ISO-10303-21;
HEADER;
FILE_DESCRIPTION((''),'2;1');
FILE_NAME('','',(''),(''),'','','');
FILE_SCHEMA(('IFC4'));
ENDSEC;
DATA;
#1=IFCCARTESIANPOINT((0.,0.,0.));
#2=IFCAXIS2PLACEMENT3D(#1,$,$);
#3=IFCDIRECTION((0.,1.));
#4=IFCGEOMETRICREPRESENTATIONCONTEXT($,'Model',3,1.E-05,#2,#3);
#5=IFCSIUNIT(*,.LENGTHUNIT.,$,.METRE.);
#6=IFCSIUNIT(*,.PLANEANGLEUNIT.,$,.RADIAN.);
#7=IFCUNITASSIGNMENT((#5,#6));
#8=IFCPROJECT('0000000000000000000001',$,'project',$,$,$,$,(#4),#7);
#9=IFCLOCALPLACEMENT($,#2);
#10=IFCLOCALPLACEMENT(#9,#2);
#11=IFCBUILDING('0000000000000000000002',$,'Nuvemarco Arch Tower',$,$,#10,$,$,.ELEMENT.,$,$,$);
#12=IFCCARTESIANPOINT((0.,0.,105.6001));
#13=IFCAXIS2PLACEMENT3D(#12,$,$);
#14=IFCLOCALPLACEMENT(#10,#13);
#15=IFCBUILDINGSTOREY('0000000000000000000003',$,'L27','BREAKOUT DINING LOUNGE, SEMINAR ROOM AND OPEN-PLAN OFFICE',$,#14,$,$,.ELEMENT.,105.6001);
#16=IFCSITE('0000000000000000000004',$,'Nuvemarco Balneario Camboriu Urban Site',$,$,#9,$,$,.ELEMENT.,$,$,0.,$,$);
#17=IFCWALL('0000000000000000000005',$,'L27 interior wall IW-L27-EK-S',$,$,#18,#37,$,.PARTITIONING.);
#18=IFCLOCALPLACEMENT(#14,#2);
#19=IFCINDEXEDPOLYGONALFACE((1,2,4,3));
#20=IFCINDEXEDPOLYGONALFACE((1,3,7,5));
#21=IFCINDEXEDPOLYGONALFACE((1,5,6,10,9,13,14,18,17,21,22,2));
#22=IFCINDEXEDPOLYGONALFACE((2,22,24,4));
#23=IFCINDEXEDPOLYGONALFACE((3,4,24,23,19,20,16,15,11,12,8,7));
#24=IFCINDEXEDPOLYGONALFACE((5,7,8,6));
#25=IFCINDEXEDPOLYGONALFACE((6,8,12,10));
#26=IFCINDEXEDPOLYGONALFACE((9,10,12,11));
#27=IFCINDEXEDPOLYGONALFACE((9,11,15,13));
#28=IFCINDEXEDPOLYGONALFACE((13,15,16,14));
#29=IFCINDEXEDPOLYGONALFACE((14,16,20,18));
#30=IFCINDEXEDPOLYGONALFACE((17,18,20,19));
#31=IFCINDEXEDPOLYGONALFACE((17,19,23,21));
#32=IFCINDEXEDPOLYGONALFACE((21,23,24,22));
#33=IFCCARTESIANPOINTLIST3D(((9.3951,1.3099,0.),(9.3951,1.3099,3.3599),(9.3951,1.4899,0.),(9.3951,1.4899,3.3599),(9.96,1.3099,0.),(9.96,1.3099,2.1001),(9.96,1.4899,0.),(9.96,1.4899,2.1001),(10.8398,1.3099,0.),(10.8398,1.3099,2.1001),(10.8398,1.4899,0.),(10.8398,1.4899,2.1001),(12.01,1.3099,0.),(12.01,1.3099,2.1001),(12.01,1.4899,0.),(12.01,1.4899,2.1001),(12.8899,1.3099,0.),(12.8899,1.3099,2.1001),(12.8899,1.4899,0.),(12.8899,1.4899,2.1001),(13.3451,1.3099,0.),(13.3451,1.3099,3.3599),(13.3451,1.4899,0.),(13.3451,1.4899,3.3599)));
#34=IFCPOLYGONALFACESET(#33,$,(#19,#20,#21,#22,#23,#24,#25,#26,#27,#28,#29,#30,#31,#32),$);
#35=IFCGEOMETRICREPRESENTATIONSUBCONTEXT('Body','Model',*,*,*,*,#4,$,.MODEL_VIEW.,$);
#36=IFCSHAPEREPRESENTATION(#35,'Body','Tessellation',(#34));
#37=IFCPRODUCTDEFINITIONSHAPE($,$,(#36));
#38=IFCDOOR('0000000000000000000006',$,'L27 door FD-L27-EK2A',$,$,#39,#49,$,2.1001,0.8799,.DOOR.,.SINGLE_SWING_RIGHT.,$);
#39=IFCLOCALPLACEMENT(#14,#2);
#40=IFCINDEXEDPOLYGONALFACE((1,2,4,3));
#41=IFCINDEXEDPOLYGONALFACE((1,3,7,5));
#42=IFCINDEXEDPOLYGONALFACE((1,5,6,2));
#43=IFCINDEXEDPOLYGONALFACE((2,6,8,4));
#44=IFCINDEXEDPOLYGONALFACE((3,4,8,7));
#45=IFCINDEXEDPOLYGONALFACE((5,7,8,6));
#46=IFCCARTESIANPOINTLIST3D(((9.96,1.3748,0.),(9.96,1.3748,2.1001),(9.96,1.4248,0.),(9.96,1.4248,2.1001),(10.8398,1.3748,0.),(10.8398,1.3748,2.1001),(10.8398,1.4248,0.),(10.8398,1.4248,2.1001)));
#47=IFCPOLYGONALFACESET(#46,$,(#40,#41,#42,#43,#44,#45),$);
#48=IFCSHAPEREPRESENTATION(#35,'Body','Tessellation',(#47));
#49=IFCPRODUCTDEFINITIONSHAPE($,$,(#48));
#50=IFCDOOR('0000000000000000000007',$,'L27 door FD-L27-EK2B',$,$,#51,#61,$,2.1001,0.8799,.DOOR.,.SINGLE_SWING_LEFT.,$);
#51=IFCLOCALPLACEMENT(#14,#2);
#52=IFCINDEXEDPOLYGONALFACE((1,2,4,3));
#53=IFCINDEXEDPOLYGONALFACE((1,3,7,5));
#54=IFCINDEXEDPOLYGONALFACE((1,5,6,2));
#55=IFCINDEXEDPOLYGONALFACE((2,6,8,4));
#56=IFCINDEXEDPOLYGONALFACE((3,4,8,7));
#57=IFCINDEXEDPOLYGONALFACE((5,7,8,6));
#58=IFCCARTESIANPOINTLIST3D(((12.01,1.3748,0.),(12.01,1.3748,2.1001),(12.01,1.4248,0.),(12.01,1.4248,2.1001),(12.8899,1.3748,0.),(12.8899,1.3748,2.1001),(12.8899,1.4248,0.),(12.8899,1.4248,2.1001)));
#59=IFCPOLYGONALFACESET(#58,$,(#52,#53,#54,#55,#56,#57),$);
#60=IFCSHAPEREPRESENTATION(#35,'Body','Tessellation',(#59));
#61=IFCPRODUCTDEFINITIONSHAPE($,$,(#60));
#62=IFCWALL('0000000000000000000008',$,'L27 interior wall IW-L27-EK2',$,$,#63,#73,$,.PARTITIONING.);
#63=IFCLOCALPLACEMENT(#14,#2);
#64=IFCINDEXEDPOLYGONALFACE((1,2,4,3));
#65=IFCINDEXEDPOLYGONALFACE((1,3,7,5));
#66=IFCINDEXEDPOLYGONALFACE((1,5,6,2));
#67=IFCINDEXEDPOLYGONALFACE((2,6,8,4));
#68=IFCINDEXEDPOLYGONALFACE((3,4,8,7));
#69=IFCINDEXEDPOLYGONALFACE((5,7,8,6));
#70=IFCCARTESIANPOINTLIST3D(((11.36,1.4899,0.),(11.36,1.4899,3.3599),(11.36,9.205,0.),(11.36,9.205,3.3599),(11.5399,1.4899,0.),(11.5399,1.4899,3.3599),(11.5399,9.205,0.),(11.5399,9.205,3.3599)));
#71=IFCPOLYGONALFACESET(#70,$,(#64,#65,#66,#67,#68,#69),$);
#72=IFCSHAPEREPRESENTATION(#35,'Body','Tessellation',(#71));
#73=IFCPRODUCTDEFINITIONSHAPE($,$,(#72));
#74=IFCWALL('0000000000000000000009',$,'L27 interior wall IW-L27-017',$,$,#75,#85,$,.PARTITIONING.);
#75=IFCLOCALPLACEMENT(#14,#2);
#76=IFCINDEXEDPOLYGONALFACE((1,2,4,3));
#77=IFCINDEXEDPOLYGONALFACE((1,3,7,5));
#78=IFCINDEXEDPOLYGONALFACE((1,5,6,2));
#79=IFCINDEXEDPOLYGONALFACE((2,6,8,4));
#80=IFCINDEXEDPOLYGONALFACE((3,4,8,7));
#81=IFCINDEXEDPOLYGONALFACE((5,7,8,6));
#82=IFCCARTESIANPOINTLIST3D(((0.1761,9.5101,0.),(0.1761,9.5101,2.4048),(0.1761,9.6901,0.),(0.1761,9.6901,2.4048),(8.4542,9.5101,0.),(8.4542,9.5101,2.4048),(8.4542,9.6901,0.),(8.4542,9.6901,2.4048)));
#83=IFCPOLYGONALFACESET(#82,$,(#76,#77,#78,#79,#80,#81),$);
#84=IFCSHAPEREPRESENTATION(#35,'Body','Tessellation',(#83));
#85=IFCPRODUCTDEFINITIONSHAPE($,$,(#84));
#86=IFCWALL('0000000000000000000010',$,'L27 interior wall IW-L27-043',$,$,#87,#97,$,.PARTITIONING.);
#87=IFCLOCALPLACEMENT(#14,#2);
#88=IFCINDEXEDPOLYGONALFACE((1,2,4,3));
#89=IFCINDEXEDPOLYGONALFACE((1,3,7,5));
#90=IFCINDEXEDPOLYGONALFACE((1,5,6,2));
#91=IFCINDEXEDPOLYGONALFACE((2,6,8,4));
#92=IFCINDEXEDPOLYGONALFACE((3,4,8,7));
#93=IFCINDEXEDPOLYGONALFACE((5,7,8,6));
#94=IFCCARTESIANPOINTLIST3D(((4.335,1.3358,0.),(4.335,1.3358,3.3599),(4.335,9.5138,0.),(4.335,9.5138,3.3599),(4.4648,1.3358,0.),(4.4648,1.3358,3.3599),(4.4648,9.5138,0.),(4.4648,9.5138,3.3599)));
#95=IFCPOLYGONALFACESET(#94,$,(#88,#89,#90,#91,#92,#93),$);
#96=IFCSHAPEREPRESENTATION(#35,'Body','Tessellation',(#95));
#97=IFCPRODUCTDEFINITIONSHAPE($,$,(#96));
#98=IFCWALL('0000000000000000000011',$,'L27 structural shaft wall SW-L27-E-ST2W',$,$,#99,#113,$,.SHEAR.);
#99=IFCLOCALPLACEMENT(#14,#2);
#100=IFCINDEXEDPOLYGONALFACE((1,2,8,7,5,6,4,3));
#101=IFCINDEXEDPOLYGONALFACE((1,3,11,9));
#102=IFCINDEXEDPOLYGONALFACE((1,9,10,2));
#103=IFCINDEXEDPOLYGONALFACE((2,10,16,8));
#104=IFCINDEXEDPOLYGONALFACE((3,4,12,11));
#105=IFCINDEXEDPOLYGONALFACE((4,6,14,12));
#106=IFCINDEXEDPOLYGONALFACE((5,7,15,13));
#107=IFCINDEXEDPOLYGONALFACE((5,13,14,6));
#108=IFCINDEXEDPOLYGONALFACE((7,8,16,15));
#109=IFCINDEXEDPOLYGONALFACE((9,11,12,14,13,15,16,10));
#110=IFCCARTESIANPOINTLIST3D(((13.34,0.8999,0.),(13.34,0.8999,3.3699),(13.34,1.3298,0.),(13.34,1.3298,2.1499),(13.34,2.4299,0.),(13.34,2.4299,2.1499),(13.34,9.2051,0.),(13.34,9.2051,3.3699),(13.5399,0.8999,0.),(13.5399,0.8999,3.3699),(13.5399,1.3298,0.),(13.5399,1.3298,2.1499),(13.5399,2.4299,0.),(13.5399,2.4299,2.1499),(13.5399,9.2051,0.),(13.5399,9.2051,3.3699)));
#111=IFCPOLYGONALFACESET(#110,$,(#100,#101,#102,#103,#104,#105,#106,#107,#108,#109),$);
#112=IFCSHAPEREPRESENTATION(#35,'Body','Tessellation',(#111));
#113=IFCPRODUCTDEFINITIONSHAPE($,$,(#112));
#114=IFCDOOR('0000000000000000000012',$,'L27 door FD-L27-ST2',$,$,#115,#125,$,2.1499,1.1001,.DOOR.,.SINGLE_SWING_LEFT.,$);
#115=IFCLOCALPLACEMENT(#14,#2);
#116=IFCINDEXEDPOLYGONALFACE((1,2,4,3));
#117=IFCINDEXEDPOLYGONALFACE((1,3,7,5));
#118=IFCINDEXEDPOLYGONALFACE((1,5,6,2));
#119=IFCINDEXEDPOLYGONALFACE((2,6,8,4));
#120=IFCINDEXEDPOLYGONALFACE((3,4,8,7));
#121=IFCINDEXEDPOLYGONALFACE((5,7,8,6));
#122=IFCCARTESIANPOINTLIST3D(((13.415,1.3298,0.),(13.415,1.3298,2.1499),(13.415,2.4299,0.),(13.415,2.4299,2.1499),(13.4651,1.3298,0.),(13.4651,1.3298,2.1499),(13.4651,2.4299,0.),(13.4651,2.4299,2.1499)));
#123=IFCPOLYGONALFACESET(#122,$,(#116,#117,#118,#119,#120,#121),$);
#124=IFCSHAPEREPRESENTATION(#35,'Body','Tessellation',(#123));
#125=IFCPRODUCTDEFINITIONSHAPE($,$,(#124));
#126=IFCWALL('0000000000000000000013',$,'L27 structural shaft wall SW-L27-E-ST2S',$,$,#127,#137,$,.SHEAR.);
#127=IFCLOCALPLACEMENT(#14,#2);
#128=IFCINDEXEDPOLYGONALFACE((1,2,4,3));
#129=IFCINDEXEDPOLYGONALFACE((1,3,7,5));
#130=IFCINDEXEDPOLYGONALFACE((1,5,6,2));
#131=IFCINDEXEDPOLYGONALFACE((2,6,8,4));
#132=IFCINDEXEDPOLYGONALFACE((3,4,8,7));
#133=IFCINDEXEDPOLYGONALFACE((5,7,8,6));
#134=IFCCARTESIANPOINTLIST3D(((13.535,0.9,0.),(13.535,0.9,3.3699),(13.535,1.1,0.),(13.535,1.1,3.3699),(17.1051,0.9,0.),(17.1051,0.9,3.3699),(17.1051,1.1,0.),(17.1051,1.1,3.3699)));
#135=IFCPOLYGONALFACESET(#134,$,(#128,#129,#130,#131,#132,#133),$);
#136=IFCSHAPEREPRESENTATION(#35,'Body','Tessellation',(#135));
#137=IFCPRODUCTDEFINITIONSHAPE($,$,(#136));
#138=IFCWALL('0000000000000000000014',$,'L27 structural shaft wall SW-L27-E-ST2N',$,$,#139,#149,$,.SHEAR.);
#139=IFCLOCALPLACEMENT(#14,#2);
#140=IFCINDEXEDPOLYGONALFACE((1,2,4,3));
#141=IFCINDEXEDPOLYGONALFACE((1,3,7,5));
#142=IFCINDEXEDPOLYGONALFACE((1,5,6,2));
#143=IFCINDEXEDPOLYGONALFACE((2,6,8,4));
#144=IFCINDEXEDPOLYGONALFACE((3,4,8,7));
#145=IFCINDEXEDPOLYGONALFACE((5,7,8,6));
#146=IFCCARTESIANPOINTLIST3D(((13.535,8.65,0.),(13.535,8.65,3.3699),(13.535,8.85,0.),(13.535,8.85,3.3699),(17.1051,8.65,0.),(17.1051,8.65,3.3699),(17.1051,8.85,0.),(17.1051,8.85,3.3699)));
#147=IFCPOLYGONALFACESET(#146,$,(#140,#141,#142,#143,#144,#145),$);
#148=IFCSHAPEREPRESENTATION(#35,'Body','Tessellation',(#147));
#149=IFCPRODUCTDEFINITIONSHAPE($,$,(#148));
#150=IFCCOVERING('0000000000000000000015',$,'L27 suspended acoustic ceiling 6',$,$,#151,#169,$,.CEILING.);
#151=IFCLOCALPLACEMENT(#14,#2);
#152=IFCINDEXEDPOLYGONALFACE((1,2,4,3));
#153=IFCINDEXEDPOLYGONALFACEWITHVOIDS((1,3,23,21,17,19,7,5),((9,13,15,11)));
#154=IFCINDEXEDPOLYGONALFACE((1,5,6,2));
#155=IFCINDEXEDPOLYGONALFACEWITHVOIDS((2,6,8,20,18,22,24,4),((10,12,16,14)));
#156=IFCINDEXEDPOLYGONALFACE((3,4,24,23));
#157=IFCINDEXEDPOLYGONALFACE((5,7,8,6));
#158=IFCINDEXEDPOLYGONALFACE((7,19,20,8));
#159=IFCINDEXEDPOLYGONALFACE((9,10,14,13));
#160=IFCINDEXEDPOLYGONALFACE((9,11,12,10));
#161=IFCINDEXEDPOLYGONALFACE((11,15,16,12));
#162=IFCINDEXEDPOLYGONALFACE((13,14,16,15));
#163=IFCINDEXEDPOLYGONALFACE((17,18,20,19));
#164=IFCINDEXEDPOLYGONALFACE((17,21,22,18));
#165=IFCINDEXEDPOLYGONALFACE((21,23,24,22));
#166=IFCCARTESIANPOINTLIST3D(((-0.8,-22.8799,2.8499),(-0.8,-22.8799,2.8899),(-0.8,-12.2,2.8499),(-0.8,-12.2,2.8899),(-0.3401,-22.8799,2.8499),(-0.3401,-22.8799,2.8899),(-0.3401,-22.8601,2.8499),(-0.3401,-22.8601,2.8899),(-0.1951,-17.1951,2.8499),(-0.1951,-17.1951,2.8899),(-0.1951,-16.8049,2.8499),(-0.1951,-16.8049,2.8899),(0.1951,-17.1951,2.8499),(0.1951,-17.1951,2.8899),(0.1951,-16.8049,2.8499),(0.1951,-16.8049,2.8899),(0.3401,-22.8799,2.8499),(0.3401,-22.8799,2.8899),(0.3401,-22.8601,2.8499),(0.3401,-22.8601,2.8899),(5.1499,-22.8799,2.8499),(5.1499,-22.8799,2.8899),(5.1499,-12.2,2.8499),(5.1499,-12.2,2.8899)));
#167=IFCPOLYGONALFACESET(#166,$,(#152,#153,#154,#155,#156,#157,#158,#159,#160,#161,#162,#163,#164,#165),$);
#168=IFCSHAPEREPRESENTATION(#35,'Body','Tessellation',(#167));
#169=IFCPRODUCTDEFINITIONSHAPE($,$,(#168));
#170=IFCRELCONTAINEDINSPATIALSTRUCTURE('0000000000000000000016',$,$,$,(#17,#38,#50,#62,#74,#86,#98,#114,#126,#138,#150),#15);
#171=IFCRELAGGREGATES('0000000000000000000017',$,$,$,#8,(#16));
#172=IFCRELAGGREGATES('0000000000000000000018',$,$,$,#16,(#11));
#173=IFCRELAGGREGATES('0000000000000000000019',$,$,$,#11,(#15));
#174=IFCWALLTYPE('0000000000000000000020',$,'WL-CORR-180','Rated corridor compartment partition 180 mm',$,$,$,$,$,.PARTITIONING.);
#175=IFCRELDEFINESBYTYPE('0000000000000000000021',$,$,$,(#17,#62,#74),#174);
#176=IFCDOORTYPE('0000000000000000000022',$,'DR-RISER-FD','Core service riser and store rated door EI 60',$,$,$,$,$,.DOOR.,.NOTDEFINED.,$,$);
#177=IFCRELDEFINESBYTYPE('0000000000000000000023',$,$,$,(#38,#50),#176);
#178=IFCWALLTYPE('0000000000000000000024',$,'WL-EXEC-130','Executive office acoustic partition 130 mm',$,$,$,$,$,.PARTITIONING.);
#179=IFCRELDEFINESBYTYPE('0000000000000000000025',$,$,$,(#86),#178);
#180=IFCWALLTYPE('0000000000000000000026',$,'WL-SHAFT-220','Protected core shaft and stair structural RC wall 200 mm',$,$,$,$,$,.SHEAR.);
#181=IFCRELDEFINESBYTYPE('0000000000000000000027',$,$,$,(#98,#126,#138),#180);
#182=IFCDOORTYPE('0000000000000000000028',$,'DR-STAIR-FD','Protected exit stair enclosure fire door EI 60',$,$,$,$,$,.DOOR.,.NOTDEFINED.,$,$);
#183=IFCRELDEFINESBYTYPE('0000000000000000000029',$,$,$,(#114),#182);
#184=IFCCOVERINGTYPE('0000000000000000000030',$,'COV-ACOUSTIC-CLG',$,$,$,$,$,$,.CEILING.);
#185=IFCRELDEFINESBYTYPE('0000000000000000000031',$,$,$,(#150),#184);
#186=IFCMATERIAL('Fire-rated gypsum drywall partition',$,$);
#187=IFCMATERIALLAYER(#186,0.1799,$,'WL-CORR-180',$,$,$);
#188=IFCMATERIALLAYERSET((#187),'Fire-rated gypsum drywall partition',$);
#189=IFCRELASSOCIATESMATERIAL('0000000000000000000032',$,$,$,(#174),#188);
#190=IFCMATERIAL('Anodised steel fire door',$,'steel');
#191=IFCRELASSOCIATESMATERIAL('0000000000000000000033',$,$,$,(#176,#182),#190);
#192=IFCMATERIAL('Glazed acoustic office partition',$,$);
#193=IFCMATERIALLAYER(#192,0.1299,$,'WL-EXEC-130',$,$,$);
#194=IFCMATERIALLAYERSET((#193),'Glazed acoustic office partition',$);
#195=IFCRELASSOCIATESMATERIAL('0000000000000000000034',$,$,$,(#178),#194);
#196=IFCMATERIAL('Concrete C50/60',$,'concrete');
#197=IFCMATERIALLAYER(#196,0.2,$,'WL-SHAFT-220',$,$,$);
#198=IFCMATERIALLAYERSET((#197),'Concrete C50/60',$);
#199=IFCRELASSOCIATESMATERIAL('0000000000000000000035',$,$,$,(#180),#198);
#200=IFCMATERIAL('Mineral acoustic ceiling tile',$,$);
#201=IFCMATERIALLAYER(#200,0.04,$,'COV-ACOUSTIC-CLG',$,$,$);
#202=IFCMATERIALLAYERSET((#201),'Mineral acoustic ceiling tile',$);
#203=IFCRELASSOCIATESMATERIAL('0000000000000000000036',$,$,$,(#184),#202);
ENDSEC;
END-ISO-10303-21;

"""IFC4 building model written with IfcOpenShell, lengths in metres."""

from ifc_helpers import new_model, si_unit, direction, frame, frame_2d, origin, place, context, subcontext, project, spatial, polyline, rectangle, outline, extrude, source, transform, mapped, material, layer, layer_set, type_object, type_shapes, element, fill, save


model = new_model("IFC4")

# Units and contexts
model_context = context("Model", 3, precision=1e-05, world=origin(), true_north=direction((0.0, 1.0)))
body_context = subcontext(model_context, "Body", "Model", "MODEL_VIEW")
ifc_project = project(units=[si_unit("LENGTHUNIT", "METRE"), si_unit("PLANEANGLEUNIT", "RADIAN")], contexts=[model_context])

# Site, building, storey
site_placement = place(None, origin())
site = spatial("IfcSite", under=ifc_project, at=site_placement, Name="Nuvemarco Balneario Camboriu Urban Site", CompositionType="ELEMENT", RefElevation=0.0)
building_placement = place(site_placement, origin())
building = spatial("IfcBuilding", under=site, at=building_placement, Name="Nuvemarco Arch Tower", CompositionType="ELEMENT")
storey_placement = place(building_placement, frame((0.0, 0.0, 105.6001)))
storey = spatial("IfcBuildingStorey", under=building, at=storey_placement, Name="L27", Description="BREAKOUT DINING LOUNGE, SEMINAR ROOM AND OPEN-PLAN OFFICE", CompositionType="ELEMENT", Elevation=105.6001)

# Wall, openings, doors
ifc_material_1 = material(Name="Fire-rated gypsum drywall partition")
ifc_layer_1 = layer(ifc_material_1, 0.1799, Name="WL-CORR-180")
ifc_layer_set_1 = layer_set([ifc_layer_1], Name="Fire-rated gypsum drywall partition")
wall_type_1 = type_object("IfcWallType", Name="WL-CORR-180", Description="Rated corridor compartment partition 180 mm", PredefinedType="PARTITIONING", material=ifc_layer_set_1)
wall_1_placement = place(storey_placement, frame((9.395, 1.3999, 0.0), z_axis=(0.0, 0.0, 1.0), x_axis=(1.0, 0.0, 0.0)))
wall_1 = element("IfcWall", 1, at=wall_1_placement, inside=storey, type_object=wall_type_1, Name="L27 interior wall IW-L27-EK-S", PredefinedType="PARTITIONING", context=body_context, shape_type="SweptSolid", body=[
    extrude(rectangle(XDim=3.95, YDim=0.1799, at=frame_2d((1.9751, 0.0))), origin(), (0.0, 0.0, 1.0), 3.3599),
])
opening_1_placement = place(wall_1_placement, frame((0.5649, 0.0, 0.0)))
opening_1 = element("IfcOpeningElement", 2, at=opening_1_placement, cuts=wall_1, PredefinedType="OPENING", context=body_context, shape_type="SweptSolid", body=[
    extrude(rectangle(XDim=0.8799, YDim=2.1001, at=frame_2d((0.4399, 1.05))), frame((0.0, 0.0999, 0.0), z_axis=(0.0, -1.0, 0.0), x_axis=(1.0, 0.0, 0.0)), (0.0, 0.0, 1.0), 0.2),
])
opening_2_placement = place(wall_1_placement, frame((2.615, 0.0, 0.0)))
opening_2 = element("IfcOpeningElement", 3, at=opening_2_placement, cuts=wall_1, PredefinedType="OPENING", context=body_context, shape_type="SweptSolid", body=[
    extrude(rectangle(XDim=0.8799, YDim=2.1001, at=frame_2d((0.4399, 1.05))), frame((0.0, 0.0999, 0.0), z_axis=(0.0, -1.0, 0.0), x_axis=(1.0, 0.0, 0.0)), (0.0, 0.0, 1.0), 0.2),
])
ifc_material_2 = material(Name="Anodised steel fire door", Category="steel")
door_type_1 = type_object("IfcDoorType", Name="DR-RISER-FD", Description="Core service riser and store rated door EI 60", OperationType="NOTDEFINED", PredefinedType="DOOR", material=ifc_material_2)
shared_shape_1 = source(origin(), body_context, "Body", "SweptSolid", [
    extrude(rectangle(XDim=0.8799, YDim=2.1001, at=frame_2d((0.4399, 1.05))), frame((0.0, 0.0249, 0.0), z_axis=(0.0, -1.0, 0.0), x_axis=(1.0, 0.0, 0.0)), (0.0, 0.0, 1.0), 0.05),
])
type_shapes(door_type_1, [shared_shape_1])
door_1_placement = place(opening_1_placement, origin())
door_1 = element("IfcDoor", 4, at=door_1_placement, inside=storey, type_object=door_type_1, Name="L27 door FD-L27-EK2A", OperationType="SINGLE_SWING_RIGHT", OverallHeight=2.1001, OverallWidth=0.8799, PredefinedType="DOOR", context=body_context, shape_type="MappedRepresentation", body=[
    mapped(shared_shape_1, transform((0.0, 0.0, 0.0), scale=1.0)),
])
fill(opening_1, door_1)
door_2_placement = place(opening_2_placement, origin())
door_2 = element("IfcDoor", 5, at=door_2_placement, inside=storey, type_object=door_type_1, Name="L27 door FD-L27-EK2B", OperationType="SINGLE_SWING_LEFT", OverallHeight=2.1001, OverallWidth=0.8799, PredefinedType="DOOR", context=body_context, shape_type="MappedRepresentation", body=[
    mapped(shared_shape_1, transform((0.0, 0.0, 0.0), scale=1.0)),
])
fill(opening_2, door_2)

# Walls
wall_2_placement = place(storey_placement, frame((11.45, 1.49, 0.0), z_axis=(0.0, 0.0, 1.0), x_axis=(0.0, 1.0, 0.0)))
element("IfcWall", 6, at=wall_2_placement, inside=storey, type_object=wall_type_1, Name="L27 interior wall IW-L27-EK2", PredefinedType="PARTITIONING", context=body_context, shape_type="SweptSolid", body=[
    extrude(rectangle(XDim=7.7151, YDim=0.1799, at=frame_2d((3.8574, 0.0))), origin(), (0.0, 0.0, 1.0), 3.3599),
])
wall_3_placement = place(storey_placement, frame((0.176, 9.6001, 0.0), z_axis=(0.0, 0.0, 1.0), x_axis=(1.0, 0.0, 0.0)))
element("IfcWall", 7, at=wall_3_placement, inside=storey, type_object=wall_type_1, Name="L27 interior wall IW-L27-017", PredefinedType="PARTITIONING", context=body_context, shape_type="SweptSolid", body=[
    extrude(rectangle(XDim=8.2781, YDim=0.1799, at=frame_2d((4.1392, 0.0))), origin(), (0.0, 0.0, 1.0), 2.4048),
])
ifc_material_3 = material(Name="Glazed acoustic office partition")
ifc_layer_2 = layer(ifc_material_3, 0.1299, Name="WL-EXEC-130")
ifc_layer_set_2 = layer_set([ifc_layer_2], Name="Glazed acoustic office partition")
wall_type_2 = type_object("IfcWallType", Name="WL-EXEC-130", Description="Executive office acoustic partition 130 mm", PredefinedType="PARTITIONING", material=ifc_layer_set_2)
wall_4_placement = place(storey_placement, frame((4.3999, 1.3359, 0.0), z_axis=(0.0, 0.0, 1.0), x_axis=(0.0, 1.0, 0.0)))
element("IfcWall", 8, at=wall_4_placement, inside=storey, type_object=wall_type_2, Name="L27 interior wall IW-L27-043", PredefinedType="PARTITIONING", context=body_context, shape_type="SweptSolid", body=[
    extrude(rectangle(XDim=8.178, YDim=0.1299, at=frame_2d((4.0889, 0.0))), origin(), (0.0, 0.0, 1.0), 3.3599),
])

# Wall, opening, door
ifc_material_4 = material(Name="Concrete C50/60", Category="concrete")
ifc_layer_3 = layer(ifc_material_4, 0.2, Name="WL-SHAFT-220")
ifc_layer_set_3 = layer_set([ifc_layer_3], Name="Concrete C50/60")
wall_type_3 = type_object("IfcWallType", Name="WL-SHAFT-220", Description="Protected core shaft and stair structural RC wall 200 mm", PredefinedType="SHEAR", material=ifc_layer_set_3)
wall_5_placement = place(storey_placement, frame((13.4399, 0.8999, 0.0), z_axis=(0.0, 0.0, 1.0), x_axis=(0.0, 1.0, 0.0)))
wall_5 = element("IfcWall", 9, at=wall_5_placement, inside=storey, type_object=wall_type_3, Name="L27 structural shaft wall SW-L27-E-ST2W", PredefinedType="SHEAR", context=body_context, shape_type="SweptSolid", body=[
    extrude(rectangle(XDim=8.3052, YDim=0.2, at=frame_2d((4.1526, 0.0))), origin(), (0.0, 0.0, 1.0), 3.3699),
])
opening_3_placement = place(wall_5_placement, frame((0.4299, 0.0, 0.0)))
opening_3 = element("IfcOpeningElement", 10, at=opening_3_placement, cuts=wall_5, PredefinedType="OPENING", context=body_context, shape_type="SweptSolid", body=[
    extrude(rectangle(XDim=1.1001, YDim=2.1499, at=frame_2d((0.55, 1.075))), frame((0.0, 0.1099, 0.0), z_axis=(0.0, -1.0, 0.0), x_axis=(1.0, 0.0, 0.0)), (0.0, 0.0, 1.0), 0.22),
])
door_type_2 = type_object("IfcDoorType", Name="DR-STAIR-FD", Description="Protected exit stair enclosure fire door EI 60", OperationType="NOTDEFINED", PredefinedType="DOOR", material=ifc_material_2)
shared_shape_2 = source(origin(), body_context, "Body", "SweptSolid", [
    extrude(rectangle(XDim=1.1001, YDim=2.1499, at=frame_2d((0.55, 1.075))), frame((0.0, 0.0249, 0.0), z_axis=(0.0, -1.0, 0.0), x_axis=(1.0, 0.0, 0.0)), (0.0, 0.0, 1.0), 0.05),
])
type_shapes(door_type_2, [shared_shape_2])
door_3_placement = place(opening_3_placement, origin())
door_3 = element("IfcDoor", 11, at=door_3_placement, inside=storey, type_object=door_type_2, Name="L27 door FD-L27-ST2", OperationType="SINGLE_SWING_LEFT", OverallHeight=2.1499, OverallWidth=1.1001, PredefinedType="DOOR", context=body_context, shape_type="MappedRepresentation", body=[
    mapped(shared_shape_2, transform((0.0, 0.0, 0.0), scale=1.0)),
])
fill(opening_3, door_3)

# Walls
for number, where, z_axis, x_axis, name in (
    (12, (13.5349, 1.0, 0.0), (0.0, 0.0, 1.0), (1.0, 0.0, 0.0), "L27 structural shaft wall SW-L27-E-ST2S"),
    (13, (13.5349, 8.75, 0.0), (0.0, 0.0, 1.0), (1.0, 0.0, 0.0), "L27 structural shaft wall SW-L27-E-ST2N"),
):
    element("IfcWall", number, at=place(storey_placement, frame(where, z_axis=z_axis, x_axis=x_axis)), inside=storey, type_object=wall_type_3, Name=name, PredefinedType="SHEAR", context=body_context, shape_type="SweptSolid", body=[
        extrude(rectangle(XDim=3.5701, YDim=0.2, at=frame_2d((1.7852, 0.0))), origin(), (0.0, 0.0, 1.0), 3.3699),
    ])

# Covering
ifc_material_5 = material(Name="Mineral acoustic ceiling tile")
ifc_layer_4 = layer(ifc_material_5, 0.04, Name="COV-ACOUSTIC-CLG")
ifc_layer_set_4 = layer_set([ifc_layer_4], Name="Mineral acoustic ceiling tile")
covering_type_1 = type_object("IfcCoveringType", Name="COV-ACOUSTIC-CLG", PredefinedType="CEILING", material=ifc_layer_set_4)
covering_1_placement = place(storey_placement, frame((0.0, 0.0, 2.8499)))
element("IfcCovering", 14, at=covering_1_placement, inside=storey, type_object=covering_type_1, Name="L27 suspended acoustic ceiling 6", PredefinedType="CEILING", context=body_context, shape_type="SweptSolid", body=[
    extrude(outline(polyline([(0.3401, -22.8799), (0.3401, -22.8601), (-0.3401, -22.8601), (-0.3401, -22.8799), (-0.8, -22.8799), (-0.8, -12.2), (5.1499, -12.2), (5.1499, -22.8799), (0.3401, -22.8799)]), holes=[polyline([(0.1951, -17.1951), (0.1951, -16.8049), (-0.1951, -16.8049), (-0.1951, -17.1951), (0.1951, -17.1951)])]), origin(), (0.0, 0.0, 1.0), 0.04),
])

save(model, "model.ifc")
